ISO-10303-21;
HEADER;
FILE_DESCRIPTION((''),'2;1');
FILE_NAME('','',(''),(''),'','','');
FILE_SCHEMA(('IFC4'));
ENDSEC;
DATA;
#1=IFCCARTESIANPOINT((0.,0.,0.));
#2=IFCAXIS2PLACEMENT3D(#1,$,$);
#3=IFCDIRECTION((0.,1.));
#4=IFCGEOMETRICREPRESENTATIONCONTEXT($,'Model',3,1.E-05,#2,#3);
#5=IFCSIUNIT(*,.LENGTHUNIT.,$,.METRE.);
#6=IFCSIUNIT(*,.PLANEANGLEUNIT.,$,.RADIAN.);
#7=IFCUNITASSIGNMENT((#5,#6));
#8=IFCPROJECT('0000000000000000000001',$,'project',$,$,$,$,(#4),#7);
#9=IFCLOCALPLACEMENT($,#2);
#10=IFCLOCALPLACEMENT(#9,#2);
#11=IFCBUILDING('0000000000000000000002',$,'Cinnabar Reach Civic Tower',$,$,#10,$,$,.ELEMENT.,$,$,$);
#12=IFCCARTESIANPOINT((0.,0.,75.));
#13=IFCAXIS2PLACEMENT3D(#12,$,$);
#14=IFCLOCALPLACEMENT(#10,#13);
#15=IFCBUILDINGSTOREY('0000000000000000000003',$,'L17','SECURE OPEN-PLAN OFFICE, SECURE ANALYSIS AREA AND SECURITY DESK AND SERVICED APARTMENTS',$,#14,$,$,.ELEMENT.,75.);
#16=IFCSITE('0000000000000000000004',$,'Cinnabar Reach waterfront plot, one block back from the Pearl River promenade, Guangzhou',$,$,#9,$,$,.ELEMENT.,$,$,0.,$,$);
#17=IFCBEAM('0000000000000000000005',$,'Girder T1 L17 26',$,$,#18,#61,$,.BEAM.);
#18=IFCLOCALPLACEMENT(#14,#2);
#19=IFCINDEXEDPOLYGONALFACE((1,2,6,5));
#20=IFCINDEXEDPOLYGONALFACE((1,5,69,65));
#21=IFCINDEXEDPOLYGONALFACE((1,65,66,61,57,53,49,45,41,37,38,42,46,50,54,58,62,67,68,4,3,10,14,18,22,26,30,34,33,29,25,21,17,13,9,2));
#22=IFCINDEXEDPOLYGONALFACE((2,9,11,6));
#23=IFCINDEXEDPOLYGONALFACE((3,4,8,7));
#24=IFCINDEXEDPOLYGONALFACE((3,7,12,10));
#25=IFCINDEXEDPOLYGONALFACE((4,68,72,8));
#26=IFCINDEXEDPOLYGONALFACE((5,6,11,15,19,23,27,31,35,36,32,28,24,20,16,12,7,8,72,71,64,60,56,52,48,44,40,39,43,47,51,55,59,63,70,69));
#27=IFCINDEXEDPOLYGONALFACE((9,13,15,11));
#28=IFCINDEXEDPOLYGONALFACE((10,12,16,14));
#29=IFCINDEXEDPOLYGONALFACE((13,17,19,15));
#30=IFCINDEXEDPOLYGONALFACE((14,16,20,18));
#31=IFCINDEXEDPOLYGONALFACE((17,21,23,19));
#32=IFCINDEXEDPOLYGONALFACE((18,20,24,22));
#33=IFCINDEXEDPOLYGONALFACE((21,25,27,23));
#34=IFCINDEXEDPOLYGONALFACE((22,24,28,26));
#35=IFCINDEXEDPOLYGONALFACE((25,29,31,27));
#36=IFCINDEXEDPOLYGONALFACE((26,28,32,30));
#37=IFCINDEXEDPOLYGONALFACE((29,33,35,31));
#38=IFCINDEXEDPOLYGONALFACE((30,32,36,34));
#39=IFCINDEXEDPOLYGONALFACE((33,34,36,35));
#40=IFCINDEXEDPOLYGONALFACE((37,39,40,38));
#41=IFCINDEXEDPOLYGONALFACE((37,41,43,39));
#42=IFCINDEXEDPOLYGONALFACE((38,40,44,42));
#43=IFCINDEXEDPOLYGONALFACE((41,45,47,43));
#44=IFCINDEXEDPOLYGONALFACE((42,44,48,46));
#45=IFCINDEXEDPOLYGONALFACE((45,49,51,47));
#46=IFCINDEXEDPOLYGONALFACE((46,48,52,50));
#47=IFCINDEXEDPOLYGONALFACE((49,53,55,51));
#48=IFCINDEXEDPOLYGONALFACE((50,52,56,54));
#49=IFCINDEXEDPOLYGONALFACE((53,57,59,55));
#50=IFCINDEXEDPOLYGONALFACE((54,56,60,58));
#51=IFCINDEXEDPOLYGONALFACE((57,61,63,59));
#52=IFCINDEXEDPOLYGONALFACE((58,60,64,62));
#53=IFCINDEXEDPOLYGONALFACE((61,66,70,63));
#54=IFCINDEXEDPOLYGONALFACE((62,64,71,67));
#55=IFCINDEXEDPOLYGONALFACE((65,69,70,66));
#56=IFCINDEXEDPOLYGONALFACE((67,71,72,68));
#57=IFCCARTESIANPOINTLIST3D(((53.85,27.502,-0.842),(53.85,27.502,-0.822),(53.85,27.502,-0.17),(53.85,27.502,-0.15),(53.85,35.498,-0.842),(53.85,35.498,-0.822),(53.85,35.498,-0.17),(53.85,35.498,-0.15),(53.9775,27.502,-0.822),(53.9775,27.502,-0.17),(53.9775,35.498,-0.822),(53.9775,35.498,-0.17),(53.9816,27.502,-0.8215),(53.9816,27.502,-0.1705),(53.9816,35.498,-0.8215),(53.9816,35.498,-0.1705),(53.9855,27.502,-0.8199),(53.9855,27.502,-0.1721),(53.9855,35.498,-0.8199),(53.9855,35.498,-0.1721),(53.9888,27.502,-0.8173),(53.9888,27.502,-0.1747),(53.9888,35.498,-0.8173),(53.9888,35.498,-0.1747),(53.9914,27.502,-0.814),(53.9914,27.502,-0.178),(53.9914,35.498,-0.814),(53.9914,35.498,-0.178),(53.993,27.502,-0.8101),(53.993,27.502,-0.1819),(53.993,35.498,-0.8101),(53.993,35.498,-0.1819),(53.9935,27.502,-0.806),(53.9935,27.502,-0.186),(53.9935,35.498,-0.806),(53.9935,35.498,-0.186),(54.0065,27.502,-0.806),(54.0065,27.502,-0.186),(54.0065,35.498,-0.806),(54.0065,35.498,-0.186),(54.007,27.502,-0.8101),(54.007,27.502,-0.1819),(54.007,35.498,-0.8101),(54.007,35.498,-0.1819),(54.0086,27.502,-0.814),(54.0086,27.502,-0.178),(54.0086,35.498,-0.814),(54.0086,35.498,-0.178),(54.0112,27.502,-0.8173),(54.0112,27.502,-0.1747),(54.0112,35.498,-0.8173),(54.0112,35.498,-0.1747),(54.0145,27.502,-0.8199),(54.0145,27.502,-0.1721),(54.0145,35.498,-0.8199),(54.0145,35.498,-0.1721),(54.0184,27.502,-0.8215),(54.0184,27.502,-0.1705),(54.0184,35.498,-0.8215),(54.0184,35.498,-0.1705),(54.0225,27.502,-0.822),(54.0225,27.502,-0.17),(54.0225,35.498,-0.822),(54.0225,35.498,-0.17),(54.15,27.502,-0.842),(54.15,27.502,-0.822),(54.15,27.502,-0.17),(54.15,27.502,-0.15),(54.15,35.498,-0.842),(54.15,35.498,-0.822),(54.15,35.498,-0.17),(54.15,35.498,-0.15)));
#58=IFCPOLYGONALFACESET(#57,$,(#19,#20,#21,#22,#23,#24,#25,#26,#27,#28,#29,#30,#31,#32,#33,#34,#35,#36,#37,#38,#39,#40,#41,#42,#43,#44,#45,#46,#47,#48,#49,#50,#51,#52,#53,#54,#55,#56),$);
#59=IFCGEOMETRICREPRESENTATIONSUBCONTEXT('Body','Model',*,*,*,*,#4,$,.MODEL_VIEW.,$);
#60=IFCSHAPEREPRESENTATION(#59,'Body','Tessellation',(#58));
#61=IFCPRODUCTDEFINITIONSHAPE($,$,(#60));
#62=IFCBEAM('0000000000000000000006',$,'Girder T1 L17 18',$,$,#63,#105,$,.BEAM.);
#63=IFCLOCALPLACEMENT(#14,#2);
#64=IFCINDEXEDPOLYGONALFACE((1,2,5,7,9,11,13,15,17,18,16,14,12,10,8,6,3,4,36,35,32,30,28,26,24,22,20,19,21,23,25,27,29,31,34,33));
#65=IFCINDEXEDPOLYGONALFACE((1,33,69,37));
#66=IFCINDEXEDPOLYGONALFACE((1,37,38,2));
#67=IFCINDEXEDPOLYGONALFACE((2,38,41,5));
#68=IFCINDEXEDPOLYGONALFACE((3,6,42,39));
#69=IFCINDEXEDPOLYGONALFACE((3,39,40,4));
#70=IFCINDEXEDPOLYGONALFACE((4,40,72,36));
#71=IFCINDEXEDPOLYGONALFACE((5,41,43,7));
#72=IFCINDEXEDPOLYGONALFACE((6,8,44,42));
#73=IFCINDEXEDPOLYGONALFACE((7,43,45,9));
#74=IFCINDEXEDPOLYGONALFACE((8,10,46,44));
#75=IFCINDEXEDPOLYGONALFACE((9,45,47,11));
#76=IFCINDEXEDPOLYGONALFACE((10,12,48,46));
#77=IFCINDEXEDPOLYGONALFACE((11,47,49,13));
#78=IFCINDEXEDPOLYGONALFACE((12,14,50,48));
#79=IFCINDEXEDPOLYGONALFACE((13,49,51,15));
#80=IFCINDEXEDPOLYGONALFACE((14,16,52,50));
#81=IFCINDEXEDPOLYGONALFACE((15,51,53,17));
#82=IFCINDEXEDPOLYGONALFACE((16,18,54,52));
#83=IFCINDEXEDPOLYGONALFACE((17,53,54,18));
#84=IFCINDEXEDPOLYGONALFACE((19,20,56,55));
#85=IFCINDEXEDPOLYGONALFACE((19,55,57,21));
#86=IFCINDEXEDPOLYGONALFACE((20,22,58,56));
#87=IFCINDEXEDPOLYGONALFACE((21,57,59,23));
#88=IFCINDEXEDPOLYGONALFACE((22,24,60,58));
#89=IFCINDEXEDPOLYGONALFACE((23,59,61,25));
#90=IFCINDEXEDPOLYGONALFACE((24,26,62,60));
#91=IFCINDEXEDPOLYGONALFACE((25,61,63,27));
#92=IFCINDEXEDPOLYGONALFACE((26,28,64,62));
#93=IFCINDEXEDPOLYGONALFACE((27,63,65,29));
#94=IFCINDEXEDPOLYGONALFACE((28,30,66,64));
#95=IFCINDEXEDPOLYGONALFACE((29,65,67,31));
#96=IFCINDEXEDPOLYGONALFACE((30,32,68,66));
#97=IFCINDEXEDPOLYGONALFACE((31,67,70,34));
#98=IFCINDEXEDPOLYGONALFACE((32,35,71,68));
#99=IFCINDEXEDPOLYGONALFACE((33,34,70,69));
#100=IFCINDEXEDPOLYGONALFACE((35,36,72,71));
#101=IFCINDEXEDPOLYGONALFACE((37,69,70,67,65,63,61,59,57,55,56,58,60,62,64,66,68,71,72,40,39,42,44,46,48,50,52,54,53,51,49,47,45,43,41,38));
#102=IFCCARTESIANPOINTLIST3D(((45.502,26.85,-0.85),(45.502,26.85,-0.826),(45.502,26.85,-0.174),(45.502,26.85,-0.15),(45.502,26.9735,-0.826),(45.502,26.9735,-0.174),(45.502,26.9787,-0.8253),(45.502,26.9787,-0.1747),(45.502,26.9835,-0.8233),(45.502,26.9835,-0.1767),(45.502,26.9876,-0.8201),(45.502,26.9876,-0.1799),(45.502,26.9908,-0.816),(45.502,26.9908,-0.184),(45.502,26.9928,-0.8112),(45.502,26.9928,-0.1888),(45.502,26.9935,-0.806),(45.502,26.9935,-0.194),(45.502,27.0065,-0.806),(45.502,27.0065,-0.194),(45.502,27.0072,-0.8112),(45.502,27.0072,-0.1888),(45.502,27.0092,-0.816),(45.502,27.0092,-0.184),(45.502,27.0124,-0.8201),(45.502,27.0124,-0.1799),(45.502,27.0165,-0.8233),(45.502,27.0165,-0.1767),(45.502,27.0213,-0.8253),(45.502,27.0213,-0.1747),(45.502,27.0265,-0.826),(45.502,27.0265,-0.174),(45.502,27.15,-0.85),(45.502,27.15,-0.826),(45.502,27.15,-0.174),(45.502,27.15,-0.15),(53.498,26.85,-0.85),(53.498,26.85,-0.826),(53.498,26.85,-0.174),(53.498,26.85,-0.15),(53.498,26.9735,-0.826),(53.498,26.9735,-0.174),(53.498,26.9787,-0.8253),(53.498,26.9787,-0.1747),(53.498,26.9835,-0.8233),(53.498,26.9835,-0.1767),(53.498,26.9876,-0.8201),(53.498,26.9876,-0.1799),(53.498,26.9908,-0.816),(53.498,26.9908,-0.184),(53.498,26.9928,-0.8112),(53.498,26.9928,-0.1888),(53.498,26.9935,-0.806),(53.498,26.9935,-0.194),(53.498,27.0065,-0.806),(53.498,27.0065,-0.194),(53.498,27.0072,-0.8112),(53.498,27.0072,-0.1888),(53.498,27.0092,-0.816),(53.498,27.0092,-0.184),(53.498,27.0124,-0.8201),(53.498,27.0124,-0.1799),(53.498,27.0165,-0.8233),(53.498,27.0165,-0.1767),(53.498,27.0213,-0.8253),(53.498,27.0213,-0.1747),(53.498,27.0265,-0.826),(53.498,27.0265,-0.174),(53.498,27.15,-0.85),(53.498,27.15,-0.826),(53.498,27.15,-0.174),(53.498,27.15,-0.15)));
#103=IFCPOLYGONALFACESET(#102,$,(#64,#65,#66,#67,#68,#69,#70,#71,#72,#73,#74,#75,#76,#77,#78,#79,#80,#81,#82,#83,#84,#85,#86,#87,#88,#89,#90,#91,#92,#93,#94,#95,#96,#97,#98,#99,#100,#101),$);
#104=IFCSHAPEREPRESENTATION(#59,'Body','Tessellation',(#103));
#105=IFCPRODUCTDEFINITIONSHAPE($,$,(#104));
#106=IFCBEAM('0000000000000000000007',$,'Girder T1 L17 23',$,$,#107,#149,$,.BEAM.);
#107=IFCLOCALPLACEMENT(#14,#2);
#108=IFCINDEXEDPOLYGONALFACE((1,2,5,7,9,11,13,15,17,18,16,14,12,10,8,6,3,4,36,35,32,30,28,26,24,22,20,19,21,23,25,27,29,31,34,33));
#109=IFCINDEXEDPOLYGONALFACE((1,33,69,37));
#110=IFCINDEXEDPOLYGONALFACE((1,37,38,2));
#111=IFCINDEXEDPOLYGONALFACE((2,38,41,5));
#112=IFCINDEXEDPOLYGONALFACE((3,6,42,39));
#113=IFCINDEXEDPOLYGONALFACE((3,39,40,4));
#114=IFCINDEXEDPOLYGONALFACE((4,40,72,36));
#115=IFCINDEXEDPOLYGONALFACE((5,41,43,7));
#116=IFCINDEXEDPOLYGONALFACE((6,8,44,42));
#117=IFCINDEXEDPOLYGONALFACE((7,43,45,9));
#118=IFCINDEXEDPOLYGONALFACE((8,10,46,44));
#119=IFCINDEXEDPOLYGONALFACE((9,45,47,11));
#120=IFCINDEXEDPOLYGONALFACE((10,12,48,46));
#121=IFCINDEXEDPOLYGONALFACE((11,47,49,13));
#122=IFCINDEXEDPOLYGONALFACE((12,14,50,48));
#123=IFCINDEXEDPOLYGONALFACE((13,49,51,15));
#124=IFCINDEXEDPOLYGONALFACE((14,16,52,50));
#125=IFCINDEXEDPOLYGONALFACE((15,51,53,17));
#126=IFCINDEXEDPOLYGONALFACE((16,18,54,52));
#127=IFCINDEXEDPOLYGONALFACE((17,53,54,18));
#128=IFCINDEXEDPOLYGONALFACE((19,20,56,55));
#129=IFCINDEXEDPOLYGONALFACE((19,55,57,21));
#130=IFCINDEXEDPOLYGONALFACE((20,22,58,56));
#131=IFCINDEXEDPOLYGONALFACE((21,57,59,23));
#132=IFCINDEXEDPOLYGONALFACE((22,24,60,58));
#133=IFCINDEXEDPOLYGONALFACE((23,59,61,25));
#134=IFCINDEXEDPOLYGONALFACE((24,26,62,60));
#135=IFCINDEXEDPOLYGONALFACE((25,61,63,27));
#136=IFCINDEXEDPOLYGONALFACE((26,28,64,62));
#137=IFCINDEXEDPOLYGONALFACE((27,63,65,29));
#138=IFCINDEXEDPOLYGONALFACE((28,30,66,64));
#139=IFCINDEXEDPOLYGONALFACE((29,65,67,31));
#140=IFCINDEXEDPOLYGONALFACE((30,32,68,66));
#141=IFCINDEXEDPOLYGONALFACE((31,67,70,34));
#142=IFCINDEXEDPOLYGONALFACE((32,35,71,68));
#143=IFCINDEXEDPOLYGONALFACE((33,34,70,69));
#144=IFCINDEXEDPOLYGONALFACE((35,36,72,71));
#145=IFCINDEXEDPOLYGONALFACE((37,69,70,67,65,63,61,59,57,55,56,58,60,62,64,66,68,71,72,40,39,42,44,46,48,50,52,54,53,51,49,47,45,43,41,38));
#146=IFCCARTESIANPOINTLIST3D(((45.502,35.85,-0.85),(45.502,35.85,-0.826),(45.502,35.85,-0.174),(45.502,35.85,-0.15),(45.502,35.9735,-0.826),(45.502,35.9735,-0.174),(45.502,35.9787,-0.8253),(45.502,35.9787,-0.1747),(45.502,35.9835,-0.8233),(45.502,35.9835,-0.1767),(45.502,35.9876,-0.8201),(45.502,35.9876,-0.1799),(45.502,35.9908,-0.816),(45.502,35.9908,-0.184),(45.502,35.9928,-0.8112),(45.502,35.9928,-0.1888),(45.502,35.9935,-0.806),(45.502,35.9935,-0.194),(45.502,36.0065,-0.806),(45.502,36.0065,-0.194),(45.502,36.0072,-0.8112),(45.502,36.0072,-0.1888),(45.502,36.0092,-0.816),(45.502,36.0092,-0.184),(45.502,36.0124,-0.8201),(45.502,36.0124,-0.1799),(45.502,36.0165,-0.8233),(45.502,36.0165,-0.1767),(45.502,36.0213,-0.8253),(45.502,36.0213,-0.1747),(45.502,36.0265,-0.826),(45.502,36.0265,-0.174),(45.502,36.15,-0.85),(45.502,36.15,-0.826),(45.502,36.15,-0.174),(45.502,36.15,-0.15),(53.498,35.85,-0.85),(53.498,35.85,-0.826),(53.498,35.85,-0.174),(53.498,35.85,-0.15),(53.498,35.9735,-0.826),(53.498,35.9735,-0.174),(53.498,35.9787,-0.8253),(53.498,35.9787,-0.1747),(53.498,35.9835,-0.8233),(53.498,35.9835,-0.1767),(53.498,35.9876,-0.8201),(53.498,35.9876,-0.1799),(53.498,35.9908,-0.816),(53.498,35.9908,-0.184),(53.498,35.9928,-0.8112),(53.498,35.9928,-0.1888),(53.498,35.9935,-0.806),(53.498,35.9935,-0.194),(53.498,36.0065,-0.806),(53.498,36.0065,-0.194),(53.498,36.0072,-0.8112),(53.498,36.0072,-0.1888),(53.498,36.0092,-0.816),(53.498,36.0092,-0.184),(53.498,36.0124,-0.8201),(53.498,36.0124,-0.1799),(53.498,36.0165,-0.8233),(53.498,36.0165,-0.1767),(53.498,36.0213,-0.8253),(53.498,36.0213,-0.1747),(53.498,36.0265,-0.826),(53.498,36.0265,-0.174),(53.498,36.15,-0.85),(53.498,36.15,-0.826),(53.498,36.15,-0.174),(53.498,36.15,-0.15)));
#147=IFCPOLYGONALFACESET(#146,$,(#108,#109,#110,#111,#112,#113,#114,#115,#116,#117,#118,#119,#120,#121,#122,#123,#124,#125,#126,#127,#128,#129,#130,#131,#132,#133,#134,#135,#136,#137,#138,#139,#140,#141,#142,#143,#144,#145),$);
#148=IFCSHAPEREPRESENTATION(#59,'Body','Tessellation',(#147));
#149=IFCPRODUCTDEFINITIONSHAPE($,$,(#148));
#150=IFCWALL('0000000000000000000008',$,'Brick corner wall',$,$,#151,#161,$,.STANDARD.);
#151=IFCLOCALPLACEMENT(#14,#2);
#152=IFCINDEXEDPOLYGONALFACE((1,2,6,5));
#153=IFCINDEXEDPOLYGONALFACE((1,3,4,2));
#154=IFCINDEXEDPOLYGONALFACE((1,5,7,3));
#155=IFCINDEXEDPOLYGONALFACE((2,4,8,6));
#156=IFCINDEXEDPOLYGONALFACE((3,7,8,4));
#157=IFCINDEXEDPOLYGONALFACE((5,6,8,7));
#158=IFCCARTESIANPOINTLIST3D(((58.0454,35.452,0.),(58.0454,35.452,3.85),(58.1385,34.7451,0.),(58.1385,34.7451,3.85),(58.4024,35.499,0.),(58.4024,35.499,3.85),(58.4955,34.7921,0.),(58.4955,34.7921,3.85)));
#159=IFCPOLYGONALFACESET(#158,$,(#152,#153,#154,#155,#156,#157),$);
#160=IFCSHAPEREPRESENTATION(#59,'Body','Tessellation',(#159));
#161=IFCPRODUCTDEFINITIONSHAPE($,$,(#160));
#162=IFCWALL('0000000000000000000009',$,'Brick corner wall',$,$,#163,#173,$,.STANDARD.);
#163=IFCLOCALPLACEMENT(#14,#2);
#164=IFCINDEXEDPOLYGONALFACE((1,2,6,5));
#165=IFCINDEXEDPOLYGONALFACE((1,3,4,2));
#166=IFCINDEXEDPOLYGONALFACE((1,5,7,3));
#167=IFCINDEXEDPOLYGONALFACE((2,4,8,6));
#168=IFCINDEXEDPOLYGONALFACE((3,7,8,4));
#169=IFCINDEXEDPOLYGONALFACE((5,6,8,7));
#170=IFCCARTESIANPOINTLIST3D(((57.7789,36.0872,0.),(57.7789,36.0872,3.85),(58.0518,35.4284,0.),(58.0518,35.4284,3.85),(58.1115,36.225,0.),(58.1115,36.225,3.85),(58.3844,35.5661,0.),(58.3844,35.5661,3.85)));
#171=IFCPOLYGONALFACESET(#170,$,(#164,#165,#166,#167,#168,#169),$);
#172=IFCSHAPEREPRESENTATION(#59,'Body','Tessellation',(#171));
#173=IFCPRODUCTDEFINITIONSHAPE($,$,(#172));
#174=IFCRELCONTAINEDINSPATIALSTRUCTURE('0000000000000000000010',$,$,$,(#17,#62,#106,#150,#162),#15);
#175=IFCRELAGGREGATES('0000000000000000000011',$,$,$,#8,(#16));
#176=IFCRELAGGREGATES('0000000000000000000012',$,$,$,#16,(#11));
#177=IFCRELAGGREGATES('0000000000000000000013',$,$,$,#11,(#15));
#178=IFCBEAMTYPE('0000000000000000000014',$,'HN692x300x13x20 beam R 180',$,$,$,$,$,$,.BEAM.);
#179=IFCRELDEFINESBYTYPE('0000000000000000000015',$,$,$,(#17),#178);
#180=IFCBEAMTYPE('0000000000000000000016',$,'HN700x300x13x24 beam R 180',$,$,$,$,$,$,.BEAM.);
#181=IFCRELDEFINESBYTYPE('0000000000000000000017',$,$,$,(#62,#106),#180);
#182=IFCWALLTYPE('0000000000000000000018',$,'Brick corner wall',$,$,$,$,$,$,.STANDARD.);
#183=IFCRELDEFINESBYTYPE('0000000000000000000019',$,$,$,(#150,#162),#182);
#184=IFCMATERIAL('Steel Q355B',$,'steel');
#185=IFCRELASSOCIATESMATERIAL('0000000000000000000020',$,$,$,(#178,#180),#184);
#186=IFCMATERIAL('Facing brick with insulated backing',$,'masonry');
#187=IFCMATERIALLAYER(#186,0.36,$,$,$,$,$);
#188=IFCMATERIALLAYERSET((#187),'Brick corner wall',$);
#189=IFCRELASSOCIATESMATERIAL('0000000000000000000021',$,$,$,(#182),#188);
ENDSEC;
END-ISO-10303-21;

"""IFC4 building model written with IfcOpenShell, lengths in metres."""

from ifc_helpers import new_model, si_unit, direction, frame, frame_2d, origin, origin_2d, place, context, subcontext, project, spatial, rectangle, i_section, extrude, material, layer, layer_set, material_profile, profile_set, type_object, element, save


model = new_model("IFC4")

# Units and contexts
model_context = context("Model", 3, precision=1e-05, world=origin(), true_north=direction((0.0, 1.0)))
body_context = subcontext(model_context, "Body", "Model", "MODEL_VIEW")
ifc_project = project(units=[si_unit("LENGTHUNIT", "METRE"), si_unit("PLANEANGLEUNIT", "RADIAN")], contexts=[model_context])

# Site, building, storey
site_placement = place(None, origin())
site = spatial("IfcSite", under=ifc_project, at=site_placement, Name="Cinnabar Reach waterfront plot, one block back from the Pearl River promenade, Guangzhou", CompositionType="ELEMENT", RefElevation=0.0)
building_placement = place(site_placement, origin())
building = spatial("IfcBuilding", under=site, at=building_placement, Name="Cinnabar Reach Civic Tower", CompositionType="ELEMENT")
storey_placement = place(building_placement, frame((0.0, 0.0, 75.0)))
storey = spatial("IfcBuildingStorey", under=building, at=storey_placement, Name="L17", Description="SECURE OPEN-PLAN OFFICE, SECURE ANALYSIS AREA AND SECURITY DESK AND SERVICED APARTMENTS", CompositionType="ELEMENT", Elevation=75.0)

# Beams
ifc_material_1 = material(Name="Steel Q355B", Category="steel")
ifc_material_profile_1 = material_profile(ifc_material_1, i_section(OverallWidth=0.3, OverallDepth=0.692, WebThickness=0.013, FlangeThickness=0.02, FilletRadius=0.016, at=origin_2d()), Name="HN692x300x13x20")
ifc_profile_set_1 = profile_set([ifc_material_profile_1], Name="Steel Q355B")
beam_type_1 = type_object("IfcBeamType", Name="HN692x300x13x20 beam R 180", PredefinedType="BEAM", material=ifc_profile_set_1)
for number, where, z_axis, x_axis, name in (
    (1, (54.0, 27.502, -0.496), (0.0, 1.0, 0.0), (-1.0, 0.0, 0.0), "Girder T1 L17 26"),
):
    element("IfcBeam", number, at=place(storey_placement, frame(where, z_axis=z_axis, x_axis=x_axis)), inside=storey, type_object=beam_type_1, Name=name, PredefinedType="BEAM", context=body_context, shape_type="SweptSolid", body=[
        extrude(i_section(OverallWidth=0.3, OverallDepth=0.692, WebThickness=0.013, FlangeThickness=0.02, FilletRadius=0.016, at=origin_2d()), origin(), (0.0, 0.0, 1.0), 7.996),
    ])
ifc_material_profile_2 = material_profile(ifc_material_1, i_section(OverallWidth=0.3, OverallDepth=0.7, WebThickness=0.013, FlangeThickness=0.024, FilletRadius=0.02, at=origin_2d()), Name="HN700x300x13x24")
ifc_profile_set_2 = profile_set([ifc_material_profile_2], Name="Steel Q355B")
beam_type_2 = type_object("IfcBeamType", Name="HN700x300x13x24 beam R 180", PredefinedType="BEAM", material=ifc_profile_set_2)
for number, where, z_axis, x_axis, name in (
    (2, (45.502, 27.0, -0.5), (1.0, 0.0, 0.0), (0.0, 1.0, 0.0), "Girder T1 L17 18"),
    (3, (45.502, 36.0, -0.5), (1.0, 0.0, 0.0), (0.0, 1.0, 0.0), "Girder T1 L17 23"),
):
    element("IfcBeam", number, at=place(storey_placement, frame(where, z_axis=z_axis, x_axis=x_axis)), inside=storey, type_object=beam_type_2, Name=name, PredefinedType="BEAM", context=body_context, shape_type="SweptSolid", body=[
        extrude(i_section(OverallWidth=0.3, OverallDepth=0.7, WebThickness=0.013, FlangeThickness=0.024, FilletRadius=0.02, at=origin_2d()), origin(), (0.0, 0.0, 1.0), 7.996),
    ])

# Walls
ifc_material_2 = material(Name="Facing brick with insulated backing", Category="masonry")
ifc_layer = layer(ifc_material_2, 0.36)
ifc_layer_set = layer_set([ifc_layer], Name="Brick corner wall")
wall_type = type_object("IfcWallType", Name="Brick corner wall", PredefinedType="STANDARD", material=ifc_layer_set)
for number, where, z_axis, x_axis, name in (
    (4, (58.317, 34.7686, 0.0), (0.0, 0.0, 1.0), (-0.130556, 0.991441, 0.0), "Brick corner wall"),
    (5, (58.2181, 35.4973, 0.0), (0.0, 0.0, 1.0), (-0.382703, 0.923872, 0.0), "Brick corner wall"),
):
    element("IfcWall", number, at=place(storey_placement, frame(where, z_axis=z_axis, x_axis=x_axis)), inside=storey, type_object=wall_type, Name=name, PredefinedType="STANDARD", context=body_context, shape_type="SweptSolid", body=[
        extrude(rectangle(XDim=0.7131, YDim=0.36, at=frame_2d((0.3565, 0.0))), origin(), (0.0, 0.0, 1.0), 3.85),
    ])

save(model, "model.ifc")
